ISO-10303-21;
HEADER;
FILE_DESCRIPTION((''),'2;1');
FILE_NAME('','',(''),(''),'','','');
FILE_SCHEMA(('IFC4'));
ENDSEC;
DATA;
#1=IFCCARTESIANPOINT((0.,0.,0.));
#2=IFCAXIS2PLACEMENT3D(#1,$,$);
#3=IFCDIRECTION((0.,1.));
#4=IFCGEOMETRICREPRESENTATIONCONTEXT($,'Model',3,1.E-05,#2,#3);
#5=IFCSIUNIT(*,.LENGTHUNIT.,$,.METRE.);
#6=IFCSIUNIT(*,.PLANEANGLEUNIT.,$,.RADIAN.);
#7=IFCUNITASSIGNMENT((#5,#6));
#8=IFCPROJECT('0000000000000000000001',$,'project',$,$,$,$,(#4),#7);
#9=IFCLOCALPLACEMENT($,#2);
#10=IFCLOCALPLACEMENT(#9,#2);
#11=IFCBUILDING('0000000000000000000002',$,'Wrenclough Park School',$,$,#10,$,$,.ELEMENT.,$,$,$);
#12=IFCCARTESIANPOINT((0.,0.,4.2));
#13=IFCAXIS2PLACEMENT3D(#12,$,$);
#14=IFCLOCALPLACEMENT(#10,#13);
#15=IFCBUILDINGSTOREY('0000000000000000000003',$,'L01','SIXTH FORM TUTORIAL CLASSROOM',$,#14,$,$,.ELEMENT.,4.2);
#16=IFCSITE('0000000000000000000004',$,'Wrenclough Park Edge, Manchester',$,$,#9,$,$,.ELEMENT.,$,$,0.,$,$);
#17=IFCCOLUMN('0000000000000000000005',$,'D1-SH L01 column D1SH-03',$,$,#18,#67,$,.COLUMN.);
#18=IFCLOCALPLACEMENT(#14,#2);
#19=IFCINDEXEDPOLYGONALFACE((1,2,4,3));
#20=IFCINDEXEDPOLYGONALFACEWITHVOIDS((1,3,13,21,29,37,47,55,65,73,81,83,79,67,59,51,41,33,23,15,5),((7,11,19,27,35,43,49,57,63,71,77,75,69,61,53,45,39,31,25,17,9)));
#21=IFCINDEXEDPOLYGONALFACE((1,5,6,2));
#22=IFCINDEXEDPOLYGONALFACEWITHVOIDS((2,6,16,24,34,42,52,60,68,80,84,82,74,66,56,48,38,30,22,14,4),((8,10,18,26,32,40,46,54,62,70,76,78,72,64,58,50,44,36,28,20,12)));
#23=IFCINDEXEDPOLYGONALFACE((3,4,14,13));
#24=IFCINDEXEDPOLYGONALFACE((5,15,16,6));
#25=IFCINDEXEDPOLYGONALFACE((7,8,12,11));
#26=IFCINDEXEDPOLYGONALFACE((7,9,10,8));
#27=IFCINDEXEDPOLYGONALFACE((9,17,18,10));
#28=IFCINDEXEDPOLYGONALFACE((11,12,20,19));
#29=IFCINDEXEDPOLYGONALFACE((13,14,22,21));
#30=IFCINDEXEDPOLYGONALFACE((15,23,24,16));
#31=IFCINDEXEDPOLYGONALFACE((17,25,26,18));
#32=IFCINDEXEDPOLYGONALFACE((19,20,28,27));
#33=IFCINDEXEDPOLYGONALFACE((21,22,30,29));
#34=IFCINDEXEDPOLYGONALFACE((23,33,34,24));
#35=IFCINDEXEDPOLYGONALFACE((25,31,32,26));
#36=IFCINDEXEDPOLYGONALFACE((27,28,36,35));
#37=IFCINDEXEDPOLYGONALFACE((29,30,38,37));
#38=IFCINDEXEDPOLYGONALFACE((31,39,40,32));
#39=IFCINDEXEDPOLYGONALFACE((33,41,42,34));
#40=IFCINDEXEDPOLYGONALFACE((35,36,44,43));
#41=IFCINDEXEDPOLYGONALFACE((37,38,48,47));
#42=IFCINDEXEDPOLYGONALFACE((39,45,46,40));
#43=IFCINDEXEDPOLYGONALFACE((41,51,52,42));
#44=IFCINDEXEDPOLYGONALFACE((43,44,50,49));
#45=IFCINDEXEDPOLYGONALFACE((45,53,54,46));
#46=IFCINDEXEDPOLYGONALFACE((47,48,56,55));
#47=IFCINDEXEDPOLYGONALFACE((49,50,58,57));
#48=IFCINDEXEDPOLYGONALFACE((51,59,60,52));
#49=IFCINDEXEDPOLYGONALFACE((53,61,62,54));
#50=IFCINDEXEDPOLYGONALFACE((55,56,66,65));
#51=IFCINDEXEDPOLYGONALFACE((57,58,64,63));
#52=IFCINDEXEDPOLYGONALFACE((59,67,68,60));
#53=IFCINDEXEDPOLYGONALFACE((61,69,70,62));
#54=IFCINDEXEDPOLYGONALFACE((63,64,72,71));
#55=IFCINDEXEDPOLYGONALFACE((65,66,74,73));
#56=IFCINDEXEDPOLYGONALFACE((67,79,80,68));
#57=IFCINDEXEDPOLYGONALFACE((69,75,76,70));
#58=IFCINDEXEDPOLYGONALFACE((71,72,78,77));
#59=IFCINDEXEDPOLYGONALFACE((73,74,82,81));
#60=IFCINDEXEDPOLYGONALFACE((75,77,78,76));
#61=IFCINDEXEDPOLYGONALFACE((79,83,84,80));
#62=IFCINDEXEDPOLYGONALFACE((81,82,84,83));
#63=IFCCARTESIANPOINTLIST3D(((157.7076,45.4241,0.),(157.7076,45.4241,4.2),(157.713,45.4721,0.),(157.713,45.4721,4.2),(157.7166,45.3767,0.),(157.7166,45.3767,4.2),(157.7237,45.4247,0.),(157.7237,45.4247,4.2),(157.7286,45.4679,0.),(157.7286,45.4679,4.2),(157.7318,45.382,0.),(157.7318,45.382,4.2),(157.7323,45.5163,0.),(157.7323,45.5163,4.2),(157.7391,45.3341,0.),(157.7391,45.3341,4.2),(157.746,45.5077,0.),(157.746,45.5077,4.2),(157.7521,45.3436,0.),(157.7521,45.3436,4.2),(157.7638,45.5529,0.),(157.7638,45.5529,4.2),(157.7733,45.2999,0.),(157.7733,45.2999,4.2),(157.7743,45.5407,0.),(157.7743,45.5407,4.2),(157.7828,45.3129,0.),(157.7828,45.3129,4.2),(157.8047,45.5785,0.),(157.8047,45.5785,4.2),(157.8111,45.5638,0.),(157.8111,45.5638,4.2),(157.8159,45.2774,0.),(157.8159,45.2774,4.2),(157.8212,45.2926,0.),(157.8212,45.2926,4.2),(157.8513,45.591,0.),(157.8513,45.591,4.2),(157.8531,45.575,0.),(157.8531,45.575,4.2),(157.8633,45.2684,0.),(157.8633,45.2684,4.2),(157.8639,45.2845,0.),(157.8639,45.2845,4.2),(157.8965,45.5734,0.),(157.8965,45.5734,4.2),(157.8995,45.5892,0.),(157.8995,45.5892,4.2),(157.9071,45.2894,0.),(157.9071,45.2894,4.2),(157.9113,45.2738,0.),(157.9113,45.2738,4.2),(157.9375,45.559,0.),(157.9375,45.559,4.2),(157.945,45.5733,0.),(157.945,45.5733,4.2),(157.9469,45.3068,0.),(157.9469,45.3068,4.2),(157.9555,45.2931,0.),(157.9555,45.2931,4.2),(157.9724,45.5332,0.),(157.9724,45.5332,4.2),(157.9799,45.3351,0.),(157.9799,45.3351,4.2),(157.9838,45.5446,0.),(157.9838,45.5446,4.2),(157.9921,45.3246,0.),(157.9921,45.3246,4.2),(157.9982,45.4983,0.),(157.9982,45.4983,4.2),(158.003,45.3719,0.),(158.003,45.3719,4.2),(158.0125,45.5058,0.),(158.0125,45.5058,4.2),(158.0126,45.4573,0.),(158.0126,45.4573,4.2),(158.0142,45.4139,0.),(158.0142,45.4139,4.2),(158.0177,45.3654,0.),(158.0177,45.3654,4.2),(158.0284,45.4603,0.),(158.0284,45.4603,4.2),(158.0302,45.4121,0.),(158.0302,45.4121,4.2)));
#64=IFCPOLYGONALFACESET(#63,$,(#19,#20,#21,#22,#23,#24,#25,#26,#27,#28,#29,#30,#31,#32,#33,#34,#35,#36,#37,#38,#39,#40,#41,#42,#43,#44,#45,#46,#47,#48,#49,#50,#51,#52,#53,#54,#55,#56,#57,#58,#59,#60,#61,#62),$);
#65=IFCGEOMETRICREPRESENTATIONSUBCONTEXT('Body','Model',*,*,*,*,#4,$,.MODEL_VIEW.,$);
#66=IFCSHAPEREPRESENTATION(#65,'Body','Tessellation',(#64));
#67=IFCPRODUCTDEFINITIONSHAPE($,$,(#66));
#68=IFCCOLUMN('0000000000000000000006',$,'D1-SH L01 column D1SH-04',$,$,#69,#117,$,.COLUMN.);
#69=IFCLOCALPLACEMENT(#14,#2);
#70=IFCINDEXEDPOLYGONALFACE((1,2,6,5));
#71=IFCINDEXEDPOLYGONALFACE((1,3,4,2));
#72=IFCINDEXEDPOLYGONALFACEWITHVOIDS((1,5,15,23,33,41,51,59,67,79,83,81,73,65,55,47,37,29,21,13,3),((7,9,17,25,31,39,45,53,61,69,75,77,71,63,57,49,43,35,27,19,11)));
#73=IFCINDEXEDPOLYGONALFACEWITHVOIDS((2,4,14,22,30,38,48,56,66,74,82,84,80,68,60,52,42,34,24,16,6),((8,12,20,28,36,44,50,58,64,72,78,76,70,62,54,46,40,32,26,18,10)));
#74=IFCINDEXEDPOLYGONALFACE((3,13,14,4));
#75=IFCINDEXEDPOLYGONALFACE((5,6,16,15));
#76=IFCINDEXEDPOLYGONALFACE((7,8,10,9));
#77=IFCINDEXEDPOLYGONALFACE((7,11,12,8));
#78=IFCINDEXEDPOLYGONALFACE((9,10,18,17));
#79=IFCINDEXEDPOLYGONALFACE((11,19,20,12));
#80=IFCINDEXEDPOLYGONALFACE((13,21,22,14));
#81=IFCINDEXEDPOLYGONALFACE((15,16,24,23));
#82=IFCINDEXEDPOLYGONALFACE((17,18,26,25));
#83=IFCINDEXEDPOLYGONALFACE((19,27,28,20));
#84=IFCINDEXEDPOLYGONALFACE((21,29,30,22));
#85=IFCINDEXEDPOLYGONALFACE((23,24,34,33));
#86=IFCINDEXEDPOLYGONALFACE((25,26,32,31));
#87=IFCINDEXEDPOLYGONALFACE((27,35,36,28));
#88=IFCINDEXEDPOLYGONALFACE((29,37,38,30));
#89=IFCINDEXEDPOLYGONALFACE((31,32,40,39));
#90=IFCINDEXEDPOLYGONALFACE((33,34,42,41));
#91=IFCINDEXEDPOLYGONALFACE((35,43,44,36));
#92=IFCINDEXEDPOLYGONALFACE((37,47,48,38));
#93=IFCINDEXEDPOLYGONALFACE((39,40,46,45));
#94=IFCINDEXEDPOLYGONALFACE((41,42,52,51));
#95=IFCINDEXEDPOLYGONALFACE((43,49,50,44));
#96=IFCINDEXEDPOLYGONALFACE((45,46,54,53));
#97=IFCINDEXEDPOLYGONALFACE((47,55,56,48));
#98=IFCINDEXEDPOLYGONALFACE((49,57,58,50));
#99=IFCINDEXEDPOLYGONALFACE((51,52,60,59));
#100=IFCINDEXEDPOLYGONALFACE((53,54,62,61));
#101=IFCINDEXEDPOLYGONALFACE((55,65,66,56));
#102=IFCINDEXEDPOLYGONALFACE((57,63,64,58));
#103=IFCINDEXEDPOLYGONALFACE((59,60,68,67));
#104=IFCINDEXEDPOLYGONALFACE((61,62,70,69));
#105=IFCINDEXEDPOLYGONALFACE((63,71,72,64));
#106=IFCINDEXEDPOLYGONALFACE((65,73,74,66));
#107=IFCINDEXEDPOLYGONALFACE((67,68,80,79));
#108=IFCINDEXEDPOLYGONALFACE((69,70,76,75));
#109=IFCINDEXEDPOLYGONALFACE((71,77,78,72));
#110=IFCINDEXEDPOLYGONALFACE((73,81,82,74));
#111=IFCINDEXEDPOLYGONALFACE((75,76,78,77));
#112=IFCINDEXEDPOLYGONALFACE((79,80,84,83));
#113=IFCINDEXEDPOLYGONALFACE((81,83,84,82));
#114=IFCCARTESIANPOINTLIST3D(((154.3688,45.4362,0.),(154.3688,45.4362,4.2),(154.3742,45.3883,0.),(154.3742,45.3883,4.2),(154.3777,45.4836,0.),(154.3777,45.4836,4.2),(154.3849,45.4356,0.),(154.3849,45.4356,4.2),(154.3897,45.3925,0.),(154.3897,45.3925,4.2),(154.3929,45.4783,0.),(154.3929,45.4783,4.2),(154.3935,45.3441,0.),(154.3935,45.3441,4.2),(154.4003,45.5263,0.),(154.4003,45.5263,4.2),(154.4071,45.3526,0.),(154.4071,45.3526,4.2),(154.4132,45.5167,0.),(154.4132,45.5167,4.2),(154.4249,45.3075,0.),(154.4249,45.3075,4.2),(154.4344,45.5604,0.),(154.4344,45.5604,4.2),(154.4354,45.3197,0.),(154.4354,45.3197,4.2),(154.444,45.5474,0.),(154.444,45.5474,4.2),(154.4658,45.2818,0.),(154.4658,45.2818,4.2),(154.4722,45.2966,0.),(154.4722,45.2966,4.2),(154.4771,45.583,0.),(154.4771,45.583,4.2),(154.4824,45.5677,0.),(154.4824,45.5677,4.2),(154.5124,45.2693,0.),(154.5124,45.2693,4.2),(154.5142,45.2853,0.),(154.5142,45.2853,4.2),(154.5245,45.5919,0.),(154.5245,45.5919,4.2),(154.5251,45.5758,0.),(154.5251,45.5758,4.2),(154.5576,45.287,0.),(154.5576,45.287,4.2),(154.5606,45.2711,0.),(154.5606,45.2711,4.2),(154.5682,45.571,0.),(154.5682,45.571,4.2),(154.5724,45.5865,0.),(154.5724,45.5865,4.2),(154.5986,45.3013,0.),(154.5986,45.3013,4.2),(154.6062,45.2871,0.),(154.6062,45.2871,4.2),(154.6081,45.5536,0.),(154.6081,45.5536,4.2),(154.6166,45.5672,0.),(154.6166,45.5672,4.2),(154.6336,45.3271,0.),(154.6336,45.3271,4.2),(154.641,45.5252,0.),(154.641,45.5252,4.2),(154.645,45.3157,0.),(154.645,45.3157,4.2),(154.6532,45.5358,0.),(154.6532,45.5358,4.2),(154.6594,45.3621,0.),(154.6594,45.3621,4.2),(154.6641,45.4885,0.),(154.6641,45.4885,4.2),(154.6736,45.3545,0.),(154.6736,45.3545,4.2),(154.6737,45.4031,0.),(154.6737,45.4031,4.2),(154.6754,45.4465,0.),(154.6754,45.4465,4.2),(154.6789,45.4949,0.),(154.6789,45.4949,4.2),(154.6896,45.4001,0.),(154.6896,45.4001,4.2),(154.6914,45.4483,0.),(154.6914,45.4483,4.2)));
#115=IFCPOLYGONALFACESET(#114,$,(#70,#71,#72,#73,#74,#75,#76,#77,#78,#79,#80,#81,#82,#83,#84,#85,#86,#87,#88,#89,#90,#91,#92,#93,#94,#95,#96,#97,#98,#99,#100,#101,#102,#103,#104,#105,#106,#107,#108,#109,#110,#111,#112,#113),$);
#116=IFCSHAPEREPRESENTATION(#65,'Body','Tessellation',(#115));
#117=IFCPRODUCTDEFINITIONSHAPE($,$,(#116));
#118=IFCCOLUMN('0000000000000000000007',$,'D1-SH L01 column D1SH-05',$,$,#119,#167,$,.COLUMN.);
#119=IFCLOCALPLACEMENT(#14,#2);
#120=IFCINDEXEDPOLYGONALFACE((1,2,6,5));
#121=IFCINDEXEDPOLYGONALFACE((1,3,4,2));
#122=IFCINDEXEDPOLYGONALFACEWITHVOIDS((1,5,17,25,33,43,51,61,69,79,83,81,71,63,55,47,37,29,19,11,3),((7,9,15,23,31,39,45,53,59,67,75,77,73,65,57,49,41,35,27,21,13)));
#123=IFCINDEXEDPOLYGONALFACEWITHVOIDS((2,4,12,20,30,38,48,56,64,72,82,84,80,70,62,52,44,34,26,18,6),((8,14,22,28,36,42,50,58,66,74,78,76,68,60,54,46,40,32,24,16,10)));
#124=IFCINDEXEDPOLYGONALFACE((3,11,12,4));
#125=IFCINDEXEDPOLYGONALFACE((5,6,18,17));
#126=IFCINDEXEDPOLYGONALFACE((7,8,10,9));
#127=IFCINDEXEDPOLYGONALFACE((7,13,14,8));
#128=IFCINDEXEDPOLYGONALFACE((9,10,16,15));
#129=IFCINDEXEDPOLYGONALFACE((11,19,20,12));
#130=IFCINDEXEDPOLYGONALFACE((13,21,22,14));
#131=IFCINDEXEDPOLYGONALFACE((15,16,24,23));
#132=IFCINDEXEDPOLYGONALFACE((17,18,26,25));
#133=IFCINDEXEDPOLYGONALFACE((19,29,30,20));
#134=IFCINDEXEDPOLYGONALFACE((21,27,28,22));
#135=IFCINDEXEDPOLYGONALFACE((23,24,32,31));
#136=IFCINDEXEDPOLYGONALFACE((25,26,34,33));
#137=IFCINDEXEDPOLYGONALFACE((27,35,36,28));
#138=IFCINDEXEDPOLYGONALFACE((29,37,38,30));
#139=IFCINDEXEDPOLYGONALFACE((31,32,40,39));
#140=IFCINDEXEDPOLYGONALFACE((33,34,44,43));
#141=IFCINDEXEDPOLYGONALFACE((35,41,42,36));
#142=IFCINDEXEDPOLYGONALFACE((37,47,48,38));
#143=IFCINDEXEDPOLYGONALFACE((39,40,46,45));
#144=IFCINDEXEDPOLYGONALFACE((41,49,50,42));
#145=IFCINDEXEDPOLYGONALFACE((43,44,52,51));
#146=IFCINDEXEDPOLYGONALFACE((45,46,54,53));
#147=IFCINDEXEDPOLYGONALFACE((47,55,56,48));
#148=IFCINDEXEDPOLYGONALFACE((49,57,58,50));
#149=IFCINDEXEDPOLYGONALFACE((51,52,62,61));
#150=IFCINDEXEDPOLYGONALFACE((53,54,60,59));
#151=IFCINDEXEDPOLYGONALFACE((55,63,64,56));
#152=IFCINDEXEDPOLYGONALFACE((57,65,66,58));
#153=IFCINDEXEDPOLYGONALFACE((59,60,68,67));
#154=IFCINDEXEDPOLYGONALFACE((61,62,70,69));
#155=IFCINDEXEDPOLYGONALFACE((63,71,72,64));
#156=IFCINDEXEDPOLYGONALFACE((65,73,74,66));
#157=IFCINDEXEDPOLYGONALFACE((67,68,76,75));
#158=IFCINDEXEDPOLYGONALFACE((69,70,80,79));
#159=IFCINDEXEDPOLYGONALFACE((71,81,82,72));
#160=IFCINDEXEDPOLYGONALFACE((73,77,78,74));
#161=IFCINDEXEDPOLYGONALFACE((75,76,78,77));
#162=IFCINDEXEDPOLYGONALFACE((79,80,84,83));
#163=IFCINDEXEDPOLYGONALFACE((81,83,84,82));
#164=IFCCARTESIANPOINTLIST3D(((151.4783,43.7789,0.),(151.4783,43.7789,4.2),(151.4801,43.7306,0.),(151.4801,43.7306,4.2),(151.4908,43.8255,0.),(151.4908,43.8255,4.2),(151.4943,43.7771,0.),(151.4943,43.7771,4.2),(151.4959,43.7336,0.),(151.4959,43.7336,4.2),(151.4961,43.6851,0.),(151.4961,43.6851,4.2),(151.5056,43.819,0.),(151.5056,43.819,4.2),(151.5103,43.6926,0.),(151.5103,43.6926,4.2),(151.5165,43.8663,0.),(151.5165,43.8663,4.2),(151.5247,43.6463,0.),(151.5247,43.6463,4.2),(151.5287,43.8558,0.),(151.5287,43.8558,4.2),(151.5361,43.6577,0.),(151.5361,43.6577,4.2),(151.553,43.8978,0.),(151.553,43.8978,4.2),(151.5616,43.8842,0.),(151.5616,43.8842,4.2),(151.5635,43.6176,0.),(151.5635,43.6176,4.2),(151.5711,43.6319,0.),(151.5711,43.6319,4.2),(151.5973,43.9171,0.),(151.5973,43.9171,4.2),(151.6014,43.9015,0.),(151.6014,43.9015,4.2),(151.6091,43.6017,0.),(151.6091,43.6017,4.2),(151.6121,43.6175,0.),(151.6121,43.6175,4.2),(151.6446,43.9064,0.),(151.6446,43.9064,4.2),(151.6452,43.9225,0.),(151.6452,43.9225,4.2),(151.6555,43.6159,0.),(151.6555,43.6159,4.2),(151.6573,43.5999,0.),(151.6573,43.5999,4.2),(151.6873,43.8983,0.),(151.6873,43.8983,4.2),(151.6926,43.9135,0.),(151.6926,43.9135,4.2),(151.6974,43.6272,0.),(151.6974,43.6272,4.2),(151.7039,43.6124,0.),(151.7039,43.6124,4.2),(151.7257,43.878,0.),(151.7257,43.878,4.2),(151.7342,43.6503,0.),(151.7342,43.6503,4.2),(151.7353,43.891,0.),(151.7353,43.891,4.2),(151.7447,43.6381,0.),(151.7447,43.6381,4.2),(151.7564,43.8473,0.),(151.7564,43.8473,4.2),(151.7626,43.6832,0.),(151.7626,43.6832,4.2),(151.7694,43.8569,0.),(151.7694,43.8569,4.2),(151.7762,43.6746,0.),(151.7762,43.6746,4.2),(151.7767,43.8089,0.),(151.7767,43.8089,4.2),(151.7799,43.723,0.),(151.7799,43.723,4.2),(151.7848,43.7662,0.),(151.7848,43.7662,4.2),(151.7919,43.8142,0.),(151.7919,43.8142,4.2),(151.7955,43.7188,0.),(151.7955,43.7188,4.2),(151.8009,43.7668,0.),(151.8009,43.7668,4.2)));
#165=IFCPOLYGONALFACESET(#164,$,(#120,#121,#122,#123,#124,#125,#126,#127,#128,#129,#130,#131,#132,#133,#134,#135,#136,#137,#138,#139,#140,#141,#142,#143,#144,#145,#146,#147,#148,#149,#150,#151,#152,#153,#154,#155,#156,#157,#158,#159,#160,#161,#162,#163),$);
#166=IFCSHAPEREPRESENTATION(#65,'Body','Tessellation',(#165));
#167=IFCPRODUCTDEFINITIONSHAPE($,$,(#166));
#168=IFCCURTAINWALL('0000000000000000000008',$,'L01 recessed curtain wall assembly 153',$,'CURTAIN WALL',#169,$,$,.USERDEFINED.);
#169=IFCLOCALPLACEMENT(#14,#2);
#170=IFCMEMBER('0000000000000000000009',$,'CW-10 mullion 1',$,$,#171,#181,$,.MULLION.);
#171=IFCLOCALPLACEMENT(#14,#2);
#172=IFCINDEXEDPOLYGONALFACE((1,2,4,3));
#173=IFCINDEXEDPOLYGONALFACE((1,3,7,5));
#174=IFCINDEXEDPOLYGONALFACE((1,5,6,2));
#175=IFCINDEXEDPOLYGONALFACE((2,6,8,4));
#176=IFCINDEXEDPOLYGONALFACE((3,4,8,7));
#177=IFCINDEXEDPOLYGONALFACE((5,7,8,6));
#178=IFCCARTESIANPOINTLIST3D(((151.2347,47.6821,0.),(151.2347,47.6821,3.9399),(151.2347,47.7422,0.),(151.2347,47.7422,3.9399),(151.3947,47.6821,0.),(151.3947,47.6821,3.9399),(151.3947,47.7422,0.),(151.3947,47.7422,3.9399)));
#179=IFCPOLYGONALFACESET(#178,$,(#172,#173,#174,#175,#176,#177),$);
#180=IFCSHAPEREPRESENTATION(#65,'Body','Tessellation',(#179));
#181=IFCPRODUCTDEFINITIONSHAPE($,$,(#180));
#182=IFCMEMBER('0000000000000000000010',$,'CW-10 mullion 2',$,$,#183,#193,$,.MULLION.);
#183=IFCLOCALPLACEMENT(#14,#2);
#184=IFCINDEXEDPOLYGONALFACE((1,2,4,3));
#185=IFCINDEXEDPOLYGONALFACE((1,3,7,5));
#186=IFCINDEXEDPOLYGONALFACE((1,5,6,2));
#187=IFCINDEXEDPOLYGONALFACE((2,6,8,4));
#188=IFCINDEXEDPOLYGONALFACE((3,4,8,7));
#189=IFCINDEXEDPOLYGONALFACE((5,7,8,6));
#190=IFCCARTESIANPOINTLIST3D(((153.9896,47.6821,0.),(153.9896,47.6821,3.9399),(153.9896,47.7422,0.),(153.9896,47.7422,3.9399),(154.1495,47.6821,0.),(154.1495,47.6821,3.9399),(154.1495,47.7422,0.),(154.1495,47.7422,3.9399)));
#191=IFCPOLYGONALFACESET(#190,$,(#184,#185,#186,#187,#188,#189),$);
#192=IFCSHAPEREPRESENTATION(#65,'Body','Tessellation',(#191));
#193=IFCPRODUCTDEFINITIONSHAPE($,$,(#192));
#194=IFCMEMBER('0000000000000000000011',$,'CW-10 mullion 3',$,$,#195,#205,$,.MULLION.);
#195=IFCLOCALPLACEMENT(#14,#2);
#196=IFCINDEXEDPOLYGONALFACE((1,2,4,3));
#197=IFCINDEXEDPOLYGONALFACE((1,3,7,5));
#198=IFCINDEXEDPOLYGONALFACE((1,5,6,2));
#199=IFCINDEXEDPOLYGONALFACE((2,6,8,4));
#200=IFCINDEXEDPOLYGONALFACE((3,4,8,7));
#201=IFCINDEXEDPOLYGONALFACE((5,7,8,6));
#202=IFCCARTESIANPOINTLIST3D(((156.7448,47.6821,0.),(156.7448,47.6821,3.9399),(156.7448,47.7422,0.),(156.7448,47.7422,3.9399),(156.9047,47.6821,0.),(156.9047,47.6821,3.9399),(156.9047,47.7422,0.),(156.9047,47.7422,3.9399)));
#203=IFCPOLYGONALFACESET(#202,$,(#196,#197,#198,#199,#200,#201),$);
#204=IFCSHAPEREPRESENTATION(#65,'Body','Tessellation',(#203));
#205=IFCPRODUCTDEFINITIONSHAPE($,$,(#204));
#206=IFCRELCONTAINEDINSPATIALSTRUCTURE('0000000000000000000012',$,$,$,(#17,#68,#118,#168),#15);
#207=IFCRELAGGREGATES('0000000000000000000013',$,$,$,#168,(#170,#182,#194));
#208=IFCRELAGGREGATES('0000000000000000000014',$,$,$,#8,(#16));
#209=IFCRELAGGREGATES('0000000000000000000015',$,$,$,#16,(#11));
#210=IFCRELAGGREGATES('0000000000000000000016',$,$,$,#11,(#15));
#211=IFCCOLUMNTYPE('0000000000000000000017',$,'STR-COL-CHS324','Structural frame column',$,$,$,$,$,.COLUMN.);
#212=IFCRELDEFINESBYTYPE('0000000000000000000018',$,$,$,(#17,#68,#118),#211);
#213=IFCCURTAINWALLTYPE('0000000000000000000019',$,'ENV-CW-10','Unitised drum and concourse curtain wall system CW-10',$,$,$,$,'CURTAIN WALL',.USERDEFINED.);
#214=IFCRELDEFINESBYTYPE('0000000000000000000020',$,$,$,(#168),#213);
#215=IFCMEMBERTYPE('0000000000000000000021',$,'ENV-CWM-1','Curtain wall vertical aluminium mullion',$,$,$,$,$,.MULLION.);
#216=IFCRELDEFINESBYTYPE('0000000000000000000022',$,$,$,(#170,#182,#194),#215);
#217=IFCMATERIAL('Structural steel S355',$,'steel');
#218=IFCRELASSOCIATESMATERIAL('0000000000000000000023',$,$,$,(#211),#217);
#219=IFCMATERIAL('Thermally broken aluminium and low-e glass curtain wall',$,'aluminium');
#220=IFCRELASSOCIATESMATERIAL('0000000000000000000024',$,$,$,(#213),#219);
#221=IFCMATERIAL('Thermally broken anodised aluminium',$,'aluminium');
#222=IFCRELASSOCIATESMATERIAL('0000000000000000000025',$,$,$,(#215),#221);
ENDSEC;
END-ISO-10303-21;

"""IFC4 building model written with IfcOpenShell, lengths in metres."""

from ifc_helpers import new_model, si_unit, direction, frame, origin, origin_2d, place, context, subcontext, project, spatial, rectangle, hollow_circle, extrude, material, material_profile, profile_set, type_object, element, aggregate, save


model = new_model("IFC4")

# Units and contexts
model_context = context("Model", 3, precision=1e-05, world=origin(), true_north=direction((0.0, 1.0)))
body_context = subcontext(model_context, "Body", "Model", "MODEL_VIEW")
ifc_project = project(units=[si_unit("LENGTHUNIT", "METRE"), si_unit("PLANEANGLEUNIT", "RADIAN")], contexts=[model_context])

# Site, building, storey
site_placement = place(None, origin())
site = spatial("IfcSite", under=ifc_project, at=site_placement, Name="Wrenclough Park Edge, Manchester", CompositionType="ELEMENT", RefElevation=0.0)
building_placement = place(site_placement, origin())
building = spatial("IfcBuilding", under=site, at=building_placement, Name="Wrenclough Park School", CompositionType="ELEMENT")
storey_placement = place(building_placement, frame((0.0, 0.0, 4.2)))
storey = spatial("IfcBuildingStorey", under=building, at=storey_placement, Name="L01", Description="SIXTH FORM TUTORIAL CLASSROOM", CompositionType="ELEMENT", Elevation=4.2)

# Columns
ifc_material_1 = material(Name="Structural steel S355", Category="steel")
ifc_material_profile_1 = material_profile(ifc_material_1, hollow_circle(Radius=0.1619, WallThickness=0.0161, at=origin_2d()), Name="CHS 323.9x16.0")
ifc_profile_set_1 = profile_set([ifc_material_profile_1], Name="Structural steel S355")
column_type_1 = type_object("IfcColumnType", Name="STR-COL-CHS324", Description="Structural frame column", PredefinedType="COLUMN", material=ifc_profile_set_1)
for number, where, z_axis, x_axis, name in (
    (1, (157.8694, 45.4302, 0.0), (0.0, 0.0, 1.0), (-0.965926, 0.258819, 0.0), "D1-SH L01 column D1SH-03"),
    (2, (154.5305, 45.4302, 0.0), (0.0, 0.0, 1.0), (-0.965926, -0.258819, 0.0), "D1-SH L01 column D1SH-04"),
    (3, (151.6392, 43.7607, 0.0), (0.0, 0.0, 1.0), (-0.707107, -0.707107, 0.0), "D1-SH L01 column D1SH-05"),
):
    element("IfcColumn", number, at=place(storey_placement, frame(where, z_axis=z_axis, x_axis=x_axis)), inside=storey, type_object=column_type_1, Name=name, PredefinedType="COLUMN", context=body_context, shape_type="SweptSolid", body=[
        extrude(hollow_circle(Radius=0.1619, WallThickness=0.0161, at=origin_2d()), origin(), (0.0, 0.0, 1.0), 4.2),
    ])

# Curtain wall, members
ifc_material_2 = material(Name="Thermally broken aluminium and low-e glass curtain wall", Category="aluminium")
curtain_wall_type_1 = type_object("IfcCurtainWallType", Name="ENV-CW-10", Description="Unitised drum and concourse curtain wall system CW-10", ElementType="CURTAIN WALL", PredefinedType="USERDEFINED", material=ifc_material_2)
curtain_wall_1_placement = place(storey_placement, origin())
curtain_wall_1 = element("IfcCurtainWall", 4, at=curtain_wall_1_placement, inside=storey, type_object=curtain_wall_type_1, Name="L01 recessed curtain wall assembly 153", ObjectType="CURTAIN WALL", PredefinedType="USERDEFINED")
ifc_material_3 = material(Name="Thermally broken anodised aluminium", Category="aluminium")
ifc_material_profile_2 = material_profile(ifc_material_3, rectangle(XDim=0.0601, YDim=0.1599, at=origin_2d()), Name="AL MULLION 60x160")
ifc_profile_set_2 = profile_set([ifc_material_profile_2], Name="Thermally broken anodised aluminium")
member_type_1 = type_object("IfcMemberType", Name="ENV-CWM-1", Description="Curtain wall vertical aluminium mullion", PredefinedType="MULLION", material=ifc_profile_set_2)
member_1_placement = place(storey_placement, frame((151.3147, 47.7122, 0.0), z_axis=(0.0, 0.0, 1.0), x_axis=(0.0, 1.0, 0.0)))
member_1 = element("IfcMember", 5, at=member_1_placement, type_object=member_type_1, Name="CW-10 mullion 1", PredefinedType="MULLION", context=body_context, shape_type="SweptSolid", body=[
    extrude(rectangle(XDim=0.0601, YDim=0.1599, at=origin_2d()), origin(), (0.0, 0.0, 1.0), 3.9399),
])
member_2_placement = place(storey_placement, frame((154.0696, 47.7122, 0.0), z_axis=(0.0, 0.0, 1.0), x_axis=(0.0, 1.0, 0.0)))
member_2 = element("IfcMember", 6, at=member_2_placement, type_object=member_type_1, Name="CW-10 mullion 2", PredefinedType="MULLION", context=body_context, shape_type="SweptSolid", body=[
    extrude(rectangle(XDim=0.0601, YDim=0.1599, at=origin_2d()), origin(), (0.0, 0.0, 1.0), 3.9399),
])
member_3_placement = place(storey_placement, frame((156.8247, 47.7122, 0.0), z_axis=(0.0, 0.0, 1.0), x_axis=(0.0, 1.0, 0.0)))
member_3 = element("IfcMember", 7, at=member_3_placement, type_object=member_type_1, Name="CW-10 mullion 3", PredefinedType="MULLION", context=body_context, shape_type="SweptSolid", body=[
    extrude(rectangle(XDim=0.0601, YDim=0.1599, at=origin_2d()), origin(), (0.0, 0.0, 1.0), 3.9399),
])

aggregate(curtain_wall_1, [member_1, member_2, member_3])

save(model, "model.ifc")
